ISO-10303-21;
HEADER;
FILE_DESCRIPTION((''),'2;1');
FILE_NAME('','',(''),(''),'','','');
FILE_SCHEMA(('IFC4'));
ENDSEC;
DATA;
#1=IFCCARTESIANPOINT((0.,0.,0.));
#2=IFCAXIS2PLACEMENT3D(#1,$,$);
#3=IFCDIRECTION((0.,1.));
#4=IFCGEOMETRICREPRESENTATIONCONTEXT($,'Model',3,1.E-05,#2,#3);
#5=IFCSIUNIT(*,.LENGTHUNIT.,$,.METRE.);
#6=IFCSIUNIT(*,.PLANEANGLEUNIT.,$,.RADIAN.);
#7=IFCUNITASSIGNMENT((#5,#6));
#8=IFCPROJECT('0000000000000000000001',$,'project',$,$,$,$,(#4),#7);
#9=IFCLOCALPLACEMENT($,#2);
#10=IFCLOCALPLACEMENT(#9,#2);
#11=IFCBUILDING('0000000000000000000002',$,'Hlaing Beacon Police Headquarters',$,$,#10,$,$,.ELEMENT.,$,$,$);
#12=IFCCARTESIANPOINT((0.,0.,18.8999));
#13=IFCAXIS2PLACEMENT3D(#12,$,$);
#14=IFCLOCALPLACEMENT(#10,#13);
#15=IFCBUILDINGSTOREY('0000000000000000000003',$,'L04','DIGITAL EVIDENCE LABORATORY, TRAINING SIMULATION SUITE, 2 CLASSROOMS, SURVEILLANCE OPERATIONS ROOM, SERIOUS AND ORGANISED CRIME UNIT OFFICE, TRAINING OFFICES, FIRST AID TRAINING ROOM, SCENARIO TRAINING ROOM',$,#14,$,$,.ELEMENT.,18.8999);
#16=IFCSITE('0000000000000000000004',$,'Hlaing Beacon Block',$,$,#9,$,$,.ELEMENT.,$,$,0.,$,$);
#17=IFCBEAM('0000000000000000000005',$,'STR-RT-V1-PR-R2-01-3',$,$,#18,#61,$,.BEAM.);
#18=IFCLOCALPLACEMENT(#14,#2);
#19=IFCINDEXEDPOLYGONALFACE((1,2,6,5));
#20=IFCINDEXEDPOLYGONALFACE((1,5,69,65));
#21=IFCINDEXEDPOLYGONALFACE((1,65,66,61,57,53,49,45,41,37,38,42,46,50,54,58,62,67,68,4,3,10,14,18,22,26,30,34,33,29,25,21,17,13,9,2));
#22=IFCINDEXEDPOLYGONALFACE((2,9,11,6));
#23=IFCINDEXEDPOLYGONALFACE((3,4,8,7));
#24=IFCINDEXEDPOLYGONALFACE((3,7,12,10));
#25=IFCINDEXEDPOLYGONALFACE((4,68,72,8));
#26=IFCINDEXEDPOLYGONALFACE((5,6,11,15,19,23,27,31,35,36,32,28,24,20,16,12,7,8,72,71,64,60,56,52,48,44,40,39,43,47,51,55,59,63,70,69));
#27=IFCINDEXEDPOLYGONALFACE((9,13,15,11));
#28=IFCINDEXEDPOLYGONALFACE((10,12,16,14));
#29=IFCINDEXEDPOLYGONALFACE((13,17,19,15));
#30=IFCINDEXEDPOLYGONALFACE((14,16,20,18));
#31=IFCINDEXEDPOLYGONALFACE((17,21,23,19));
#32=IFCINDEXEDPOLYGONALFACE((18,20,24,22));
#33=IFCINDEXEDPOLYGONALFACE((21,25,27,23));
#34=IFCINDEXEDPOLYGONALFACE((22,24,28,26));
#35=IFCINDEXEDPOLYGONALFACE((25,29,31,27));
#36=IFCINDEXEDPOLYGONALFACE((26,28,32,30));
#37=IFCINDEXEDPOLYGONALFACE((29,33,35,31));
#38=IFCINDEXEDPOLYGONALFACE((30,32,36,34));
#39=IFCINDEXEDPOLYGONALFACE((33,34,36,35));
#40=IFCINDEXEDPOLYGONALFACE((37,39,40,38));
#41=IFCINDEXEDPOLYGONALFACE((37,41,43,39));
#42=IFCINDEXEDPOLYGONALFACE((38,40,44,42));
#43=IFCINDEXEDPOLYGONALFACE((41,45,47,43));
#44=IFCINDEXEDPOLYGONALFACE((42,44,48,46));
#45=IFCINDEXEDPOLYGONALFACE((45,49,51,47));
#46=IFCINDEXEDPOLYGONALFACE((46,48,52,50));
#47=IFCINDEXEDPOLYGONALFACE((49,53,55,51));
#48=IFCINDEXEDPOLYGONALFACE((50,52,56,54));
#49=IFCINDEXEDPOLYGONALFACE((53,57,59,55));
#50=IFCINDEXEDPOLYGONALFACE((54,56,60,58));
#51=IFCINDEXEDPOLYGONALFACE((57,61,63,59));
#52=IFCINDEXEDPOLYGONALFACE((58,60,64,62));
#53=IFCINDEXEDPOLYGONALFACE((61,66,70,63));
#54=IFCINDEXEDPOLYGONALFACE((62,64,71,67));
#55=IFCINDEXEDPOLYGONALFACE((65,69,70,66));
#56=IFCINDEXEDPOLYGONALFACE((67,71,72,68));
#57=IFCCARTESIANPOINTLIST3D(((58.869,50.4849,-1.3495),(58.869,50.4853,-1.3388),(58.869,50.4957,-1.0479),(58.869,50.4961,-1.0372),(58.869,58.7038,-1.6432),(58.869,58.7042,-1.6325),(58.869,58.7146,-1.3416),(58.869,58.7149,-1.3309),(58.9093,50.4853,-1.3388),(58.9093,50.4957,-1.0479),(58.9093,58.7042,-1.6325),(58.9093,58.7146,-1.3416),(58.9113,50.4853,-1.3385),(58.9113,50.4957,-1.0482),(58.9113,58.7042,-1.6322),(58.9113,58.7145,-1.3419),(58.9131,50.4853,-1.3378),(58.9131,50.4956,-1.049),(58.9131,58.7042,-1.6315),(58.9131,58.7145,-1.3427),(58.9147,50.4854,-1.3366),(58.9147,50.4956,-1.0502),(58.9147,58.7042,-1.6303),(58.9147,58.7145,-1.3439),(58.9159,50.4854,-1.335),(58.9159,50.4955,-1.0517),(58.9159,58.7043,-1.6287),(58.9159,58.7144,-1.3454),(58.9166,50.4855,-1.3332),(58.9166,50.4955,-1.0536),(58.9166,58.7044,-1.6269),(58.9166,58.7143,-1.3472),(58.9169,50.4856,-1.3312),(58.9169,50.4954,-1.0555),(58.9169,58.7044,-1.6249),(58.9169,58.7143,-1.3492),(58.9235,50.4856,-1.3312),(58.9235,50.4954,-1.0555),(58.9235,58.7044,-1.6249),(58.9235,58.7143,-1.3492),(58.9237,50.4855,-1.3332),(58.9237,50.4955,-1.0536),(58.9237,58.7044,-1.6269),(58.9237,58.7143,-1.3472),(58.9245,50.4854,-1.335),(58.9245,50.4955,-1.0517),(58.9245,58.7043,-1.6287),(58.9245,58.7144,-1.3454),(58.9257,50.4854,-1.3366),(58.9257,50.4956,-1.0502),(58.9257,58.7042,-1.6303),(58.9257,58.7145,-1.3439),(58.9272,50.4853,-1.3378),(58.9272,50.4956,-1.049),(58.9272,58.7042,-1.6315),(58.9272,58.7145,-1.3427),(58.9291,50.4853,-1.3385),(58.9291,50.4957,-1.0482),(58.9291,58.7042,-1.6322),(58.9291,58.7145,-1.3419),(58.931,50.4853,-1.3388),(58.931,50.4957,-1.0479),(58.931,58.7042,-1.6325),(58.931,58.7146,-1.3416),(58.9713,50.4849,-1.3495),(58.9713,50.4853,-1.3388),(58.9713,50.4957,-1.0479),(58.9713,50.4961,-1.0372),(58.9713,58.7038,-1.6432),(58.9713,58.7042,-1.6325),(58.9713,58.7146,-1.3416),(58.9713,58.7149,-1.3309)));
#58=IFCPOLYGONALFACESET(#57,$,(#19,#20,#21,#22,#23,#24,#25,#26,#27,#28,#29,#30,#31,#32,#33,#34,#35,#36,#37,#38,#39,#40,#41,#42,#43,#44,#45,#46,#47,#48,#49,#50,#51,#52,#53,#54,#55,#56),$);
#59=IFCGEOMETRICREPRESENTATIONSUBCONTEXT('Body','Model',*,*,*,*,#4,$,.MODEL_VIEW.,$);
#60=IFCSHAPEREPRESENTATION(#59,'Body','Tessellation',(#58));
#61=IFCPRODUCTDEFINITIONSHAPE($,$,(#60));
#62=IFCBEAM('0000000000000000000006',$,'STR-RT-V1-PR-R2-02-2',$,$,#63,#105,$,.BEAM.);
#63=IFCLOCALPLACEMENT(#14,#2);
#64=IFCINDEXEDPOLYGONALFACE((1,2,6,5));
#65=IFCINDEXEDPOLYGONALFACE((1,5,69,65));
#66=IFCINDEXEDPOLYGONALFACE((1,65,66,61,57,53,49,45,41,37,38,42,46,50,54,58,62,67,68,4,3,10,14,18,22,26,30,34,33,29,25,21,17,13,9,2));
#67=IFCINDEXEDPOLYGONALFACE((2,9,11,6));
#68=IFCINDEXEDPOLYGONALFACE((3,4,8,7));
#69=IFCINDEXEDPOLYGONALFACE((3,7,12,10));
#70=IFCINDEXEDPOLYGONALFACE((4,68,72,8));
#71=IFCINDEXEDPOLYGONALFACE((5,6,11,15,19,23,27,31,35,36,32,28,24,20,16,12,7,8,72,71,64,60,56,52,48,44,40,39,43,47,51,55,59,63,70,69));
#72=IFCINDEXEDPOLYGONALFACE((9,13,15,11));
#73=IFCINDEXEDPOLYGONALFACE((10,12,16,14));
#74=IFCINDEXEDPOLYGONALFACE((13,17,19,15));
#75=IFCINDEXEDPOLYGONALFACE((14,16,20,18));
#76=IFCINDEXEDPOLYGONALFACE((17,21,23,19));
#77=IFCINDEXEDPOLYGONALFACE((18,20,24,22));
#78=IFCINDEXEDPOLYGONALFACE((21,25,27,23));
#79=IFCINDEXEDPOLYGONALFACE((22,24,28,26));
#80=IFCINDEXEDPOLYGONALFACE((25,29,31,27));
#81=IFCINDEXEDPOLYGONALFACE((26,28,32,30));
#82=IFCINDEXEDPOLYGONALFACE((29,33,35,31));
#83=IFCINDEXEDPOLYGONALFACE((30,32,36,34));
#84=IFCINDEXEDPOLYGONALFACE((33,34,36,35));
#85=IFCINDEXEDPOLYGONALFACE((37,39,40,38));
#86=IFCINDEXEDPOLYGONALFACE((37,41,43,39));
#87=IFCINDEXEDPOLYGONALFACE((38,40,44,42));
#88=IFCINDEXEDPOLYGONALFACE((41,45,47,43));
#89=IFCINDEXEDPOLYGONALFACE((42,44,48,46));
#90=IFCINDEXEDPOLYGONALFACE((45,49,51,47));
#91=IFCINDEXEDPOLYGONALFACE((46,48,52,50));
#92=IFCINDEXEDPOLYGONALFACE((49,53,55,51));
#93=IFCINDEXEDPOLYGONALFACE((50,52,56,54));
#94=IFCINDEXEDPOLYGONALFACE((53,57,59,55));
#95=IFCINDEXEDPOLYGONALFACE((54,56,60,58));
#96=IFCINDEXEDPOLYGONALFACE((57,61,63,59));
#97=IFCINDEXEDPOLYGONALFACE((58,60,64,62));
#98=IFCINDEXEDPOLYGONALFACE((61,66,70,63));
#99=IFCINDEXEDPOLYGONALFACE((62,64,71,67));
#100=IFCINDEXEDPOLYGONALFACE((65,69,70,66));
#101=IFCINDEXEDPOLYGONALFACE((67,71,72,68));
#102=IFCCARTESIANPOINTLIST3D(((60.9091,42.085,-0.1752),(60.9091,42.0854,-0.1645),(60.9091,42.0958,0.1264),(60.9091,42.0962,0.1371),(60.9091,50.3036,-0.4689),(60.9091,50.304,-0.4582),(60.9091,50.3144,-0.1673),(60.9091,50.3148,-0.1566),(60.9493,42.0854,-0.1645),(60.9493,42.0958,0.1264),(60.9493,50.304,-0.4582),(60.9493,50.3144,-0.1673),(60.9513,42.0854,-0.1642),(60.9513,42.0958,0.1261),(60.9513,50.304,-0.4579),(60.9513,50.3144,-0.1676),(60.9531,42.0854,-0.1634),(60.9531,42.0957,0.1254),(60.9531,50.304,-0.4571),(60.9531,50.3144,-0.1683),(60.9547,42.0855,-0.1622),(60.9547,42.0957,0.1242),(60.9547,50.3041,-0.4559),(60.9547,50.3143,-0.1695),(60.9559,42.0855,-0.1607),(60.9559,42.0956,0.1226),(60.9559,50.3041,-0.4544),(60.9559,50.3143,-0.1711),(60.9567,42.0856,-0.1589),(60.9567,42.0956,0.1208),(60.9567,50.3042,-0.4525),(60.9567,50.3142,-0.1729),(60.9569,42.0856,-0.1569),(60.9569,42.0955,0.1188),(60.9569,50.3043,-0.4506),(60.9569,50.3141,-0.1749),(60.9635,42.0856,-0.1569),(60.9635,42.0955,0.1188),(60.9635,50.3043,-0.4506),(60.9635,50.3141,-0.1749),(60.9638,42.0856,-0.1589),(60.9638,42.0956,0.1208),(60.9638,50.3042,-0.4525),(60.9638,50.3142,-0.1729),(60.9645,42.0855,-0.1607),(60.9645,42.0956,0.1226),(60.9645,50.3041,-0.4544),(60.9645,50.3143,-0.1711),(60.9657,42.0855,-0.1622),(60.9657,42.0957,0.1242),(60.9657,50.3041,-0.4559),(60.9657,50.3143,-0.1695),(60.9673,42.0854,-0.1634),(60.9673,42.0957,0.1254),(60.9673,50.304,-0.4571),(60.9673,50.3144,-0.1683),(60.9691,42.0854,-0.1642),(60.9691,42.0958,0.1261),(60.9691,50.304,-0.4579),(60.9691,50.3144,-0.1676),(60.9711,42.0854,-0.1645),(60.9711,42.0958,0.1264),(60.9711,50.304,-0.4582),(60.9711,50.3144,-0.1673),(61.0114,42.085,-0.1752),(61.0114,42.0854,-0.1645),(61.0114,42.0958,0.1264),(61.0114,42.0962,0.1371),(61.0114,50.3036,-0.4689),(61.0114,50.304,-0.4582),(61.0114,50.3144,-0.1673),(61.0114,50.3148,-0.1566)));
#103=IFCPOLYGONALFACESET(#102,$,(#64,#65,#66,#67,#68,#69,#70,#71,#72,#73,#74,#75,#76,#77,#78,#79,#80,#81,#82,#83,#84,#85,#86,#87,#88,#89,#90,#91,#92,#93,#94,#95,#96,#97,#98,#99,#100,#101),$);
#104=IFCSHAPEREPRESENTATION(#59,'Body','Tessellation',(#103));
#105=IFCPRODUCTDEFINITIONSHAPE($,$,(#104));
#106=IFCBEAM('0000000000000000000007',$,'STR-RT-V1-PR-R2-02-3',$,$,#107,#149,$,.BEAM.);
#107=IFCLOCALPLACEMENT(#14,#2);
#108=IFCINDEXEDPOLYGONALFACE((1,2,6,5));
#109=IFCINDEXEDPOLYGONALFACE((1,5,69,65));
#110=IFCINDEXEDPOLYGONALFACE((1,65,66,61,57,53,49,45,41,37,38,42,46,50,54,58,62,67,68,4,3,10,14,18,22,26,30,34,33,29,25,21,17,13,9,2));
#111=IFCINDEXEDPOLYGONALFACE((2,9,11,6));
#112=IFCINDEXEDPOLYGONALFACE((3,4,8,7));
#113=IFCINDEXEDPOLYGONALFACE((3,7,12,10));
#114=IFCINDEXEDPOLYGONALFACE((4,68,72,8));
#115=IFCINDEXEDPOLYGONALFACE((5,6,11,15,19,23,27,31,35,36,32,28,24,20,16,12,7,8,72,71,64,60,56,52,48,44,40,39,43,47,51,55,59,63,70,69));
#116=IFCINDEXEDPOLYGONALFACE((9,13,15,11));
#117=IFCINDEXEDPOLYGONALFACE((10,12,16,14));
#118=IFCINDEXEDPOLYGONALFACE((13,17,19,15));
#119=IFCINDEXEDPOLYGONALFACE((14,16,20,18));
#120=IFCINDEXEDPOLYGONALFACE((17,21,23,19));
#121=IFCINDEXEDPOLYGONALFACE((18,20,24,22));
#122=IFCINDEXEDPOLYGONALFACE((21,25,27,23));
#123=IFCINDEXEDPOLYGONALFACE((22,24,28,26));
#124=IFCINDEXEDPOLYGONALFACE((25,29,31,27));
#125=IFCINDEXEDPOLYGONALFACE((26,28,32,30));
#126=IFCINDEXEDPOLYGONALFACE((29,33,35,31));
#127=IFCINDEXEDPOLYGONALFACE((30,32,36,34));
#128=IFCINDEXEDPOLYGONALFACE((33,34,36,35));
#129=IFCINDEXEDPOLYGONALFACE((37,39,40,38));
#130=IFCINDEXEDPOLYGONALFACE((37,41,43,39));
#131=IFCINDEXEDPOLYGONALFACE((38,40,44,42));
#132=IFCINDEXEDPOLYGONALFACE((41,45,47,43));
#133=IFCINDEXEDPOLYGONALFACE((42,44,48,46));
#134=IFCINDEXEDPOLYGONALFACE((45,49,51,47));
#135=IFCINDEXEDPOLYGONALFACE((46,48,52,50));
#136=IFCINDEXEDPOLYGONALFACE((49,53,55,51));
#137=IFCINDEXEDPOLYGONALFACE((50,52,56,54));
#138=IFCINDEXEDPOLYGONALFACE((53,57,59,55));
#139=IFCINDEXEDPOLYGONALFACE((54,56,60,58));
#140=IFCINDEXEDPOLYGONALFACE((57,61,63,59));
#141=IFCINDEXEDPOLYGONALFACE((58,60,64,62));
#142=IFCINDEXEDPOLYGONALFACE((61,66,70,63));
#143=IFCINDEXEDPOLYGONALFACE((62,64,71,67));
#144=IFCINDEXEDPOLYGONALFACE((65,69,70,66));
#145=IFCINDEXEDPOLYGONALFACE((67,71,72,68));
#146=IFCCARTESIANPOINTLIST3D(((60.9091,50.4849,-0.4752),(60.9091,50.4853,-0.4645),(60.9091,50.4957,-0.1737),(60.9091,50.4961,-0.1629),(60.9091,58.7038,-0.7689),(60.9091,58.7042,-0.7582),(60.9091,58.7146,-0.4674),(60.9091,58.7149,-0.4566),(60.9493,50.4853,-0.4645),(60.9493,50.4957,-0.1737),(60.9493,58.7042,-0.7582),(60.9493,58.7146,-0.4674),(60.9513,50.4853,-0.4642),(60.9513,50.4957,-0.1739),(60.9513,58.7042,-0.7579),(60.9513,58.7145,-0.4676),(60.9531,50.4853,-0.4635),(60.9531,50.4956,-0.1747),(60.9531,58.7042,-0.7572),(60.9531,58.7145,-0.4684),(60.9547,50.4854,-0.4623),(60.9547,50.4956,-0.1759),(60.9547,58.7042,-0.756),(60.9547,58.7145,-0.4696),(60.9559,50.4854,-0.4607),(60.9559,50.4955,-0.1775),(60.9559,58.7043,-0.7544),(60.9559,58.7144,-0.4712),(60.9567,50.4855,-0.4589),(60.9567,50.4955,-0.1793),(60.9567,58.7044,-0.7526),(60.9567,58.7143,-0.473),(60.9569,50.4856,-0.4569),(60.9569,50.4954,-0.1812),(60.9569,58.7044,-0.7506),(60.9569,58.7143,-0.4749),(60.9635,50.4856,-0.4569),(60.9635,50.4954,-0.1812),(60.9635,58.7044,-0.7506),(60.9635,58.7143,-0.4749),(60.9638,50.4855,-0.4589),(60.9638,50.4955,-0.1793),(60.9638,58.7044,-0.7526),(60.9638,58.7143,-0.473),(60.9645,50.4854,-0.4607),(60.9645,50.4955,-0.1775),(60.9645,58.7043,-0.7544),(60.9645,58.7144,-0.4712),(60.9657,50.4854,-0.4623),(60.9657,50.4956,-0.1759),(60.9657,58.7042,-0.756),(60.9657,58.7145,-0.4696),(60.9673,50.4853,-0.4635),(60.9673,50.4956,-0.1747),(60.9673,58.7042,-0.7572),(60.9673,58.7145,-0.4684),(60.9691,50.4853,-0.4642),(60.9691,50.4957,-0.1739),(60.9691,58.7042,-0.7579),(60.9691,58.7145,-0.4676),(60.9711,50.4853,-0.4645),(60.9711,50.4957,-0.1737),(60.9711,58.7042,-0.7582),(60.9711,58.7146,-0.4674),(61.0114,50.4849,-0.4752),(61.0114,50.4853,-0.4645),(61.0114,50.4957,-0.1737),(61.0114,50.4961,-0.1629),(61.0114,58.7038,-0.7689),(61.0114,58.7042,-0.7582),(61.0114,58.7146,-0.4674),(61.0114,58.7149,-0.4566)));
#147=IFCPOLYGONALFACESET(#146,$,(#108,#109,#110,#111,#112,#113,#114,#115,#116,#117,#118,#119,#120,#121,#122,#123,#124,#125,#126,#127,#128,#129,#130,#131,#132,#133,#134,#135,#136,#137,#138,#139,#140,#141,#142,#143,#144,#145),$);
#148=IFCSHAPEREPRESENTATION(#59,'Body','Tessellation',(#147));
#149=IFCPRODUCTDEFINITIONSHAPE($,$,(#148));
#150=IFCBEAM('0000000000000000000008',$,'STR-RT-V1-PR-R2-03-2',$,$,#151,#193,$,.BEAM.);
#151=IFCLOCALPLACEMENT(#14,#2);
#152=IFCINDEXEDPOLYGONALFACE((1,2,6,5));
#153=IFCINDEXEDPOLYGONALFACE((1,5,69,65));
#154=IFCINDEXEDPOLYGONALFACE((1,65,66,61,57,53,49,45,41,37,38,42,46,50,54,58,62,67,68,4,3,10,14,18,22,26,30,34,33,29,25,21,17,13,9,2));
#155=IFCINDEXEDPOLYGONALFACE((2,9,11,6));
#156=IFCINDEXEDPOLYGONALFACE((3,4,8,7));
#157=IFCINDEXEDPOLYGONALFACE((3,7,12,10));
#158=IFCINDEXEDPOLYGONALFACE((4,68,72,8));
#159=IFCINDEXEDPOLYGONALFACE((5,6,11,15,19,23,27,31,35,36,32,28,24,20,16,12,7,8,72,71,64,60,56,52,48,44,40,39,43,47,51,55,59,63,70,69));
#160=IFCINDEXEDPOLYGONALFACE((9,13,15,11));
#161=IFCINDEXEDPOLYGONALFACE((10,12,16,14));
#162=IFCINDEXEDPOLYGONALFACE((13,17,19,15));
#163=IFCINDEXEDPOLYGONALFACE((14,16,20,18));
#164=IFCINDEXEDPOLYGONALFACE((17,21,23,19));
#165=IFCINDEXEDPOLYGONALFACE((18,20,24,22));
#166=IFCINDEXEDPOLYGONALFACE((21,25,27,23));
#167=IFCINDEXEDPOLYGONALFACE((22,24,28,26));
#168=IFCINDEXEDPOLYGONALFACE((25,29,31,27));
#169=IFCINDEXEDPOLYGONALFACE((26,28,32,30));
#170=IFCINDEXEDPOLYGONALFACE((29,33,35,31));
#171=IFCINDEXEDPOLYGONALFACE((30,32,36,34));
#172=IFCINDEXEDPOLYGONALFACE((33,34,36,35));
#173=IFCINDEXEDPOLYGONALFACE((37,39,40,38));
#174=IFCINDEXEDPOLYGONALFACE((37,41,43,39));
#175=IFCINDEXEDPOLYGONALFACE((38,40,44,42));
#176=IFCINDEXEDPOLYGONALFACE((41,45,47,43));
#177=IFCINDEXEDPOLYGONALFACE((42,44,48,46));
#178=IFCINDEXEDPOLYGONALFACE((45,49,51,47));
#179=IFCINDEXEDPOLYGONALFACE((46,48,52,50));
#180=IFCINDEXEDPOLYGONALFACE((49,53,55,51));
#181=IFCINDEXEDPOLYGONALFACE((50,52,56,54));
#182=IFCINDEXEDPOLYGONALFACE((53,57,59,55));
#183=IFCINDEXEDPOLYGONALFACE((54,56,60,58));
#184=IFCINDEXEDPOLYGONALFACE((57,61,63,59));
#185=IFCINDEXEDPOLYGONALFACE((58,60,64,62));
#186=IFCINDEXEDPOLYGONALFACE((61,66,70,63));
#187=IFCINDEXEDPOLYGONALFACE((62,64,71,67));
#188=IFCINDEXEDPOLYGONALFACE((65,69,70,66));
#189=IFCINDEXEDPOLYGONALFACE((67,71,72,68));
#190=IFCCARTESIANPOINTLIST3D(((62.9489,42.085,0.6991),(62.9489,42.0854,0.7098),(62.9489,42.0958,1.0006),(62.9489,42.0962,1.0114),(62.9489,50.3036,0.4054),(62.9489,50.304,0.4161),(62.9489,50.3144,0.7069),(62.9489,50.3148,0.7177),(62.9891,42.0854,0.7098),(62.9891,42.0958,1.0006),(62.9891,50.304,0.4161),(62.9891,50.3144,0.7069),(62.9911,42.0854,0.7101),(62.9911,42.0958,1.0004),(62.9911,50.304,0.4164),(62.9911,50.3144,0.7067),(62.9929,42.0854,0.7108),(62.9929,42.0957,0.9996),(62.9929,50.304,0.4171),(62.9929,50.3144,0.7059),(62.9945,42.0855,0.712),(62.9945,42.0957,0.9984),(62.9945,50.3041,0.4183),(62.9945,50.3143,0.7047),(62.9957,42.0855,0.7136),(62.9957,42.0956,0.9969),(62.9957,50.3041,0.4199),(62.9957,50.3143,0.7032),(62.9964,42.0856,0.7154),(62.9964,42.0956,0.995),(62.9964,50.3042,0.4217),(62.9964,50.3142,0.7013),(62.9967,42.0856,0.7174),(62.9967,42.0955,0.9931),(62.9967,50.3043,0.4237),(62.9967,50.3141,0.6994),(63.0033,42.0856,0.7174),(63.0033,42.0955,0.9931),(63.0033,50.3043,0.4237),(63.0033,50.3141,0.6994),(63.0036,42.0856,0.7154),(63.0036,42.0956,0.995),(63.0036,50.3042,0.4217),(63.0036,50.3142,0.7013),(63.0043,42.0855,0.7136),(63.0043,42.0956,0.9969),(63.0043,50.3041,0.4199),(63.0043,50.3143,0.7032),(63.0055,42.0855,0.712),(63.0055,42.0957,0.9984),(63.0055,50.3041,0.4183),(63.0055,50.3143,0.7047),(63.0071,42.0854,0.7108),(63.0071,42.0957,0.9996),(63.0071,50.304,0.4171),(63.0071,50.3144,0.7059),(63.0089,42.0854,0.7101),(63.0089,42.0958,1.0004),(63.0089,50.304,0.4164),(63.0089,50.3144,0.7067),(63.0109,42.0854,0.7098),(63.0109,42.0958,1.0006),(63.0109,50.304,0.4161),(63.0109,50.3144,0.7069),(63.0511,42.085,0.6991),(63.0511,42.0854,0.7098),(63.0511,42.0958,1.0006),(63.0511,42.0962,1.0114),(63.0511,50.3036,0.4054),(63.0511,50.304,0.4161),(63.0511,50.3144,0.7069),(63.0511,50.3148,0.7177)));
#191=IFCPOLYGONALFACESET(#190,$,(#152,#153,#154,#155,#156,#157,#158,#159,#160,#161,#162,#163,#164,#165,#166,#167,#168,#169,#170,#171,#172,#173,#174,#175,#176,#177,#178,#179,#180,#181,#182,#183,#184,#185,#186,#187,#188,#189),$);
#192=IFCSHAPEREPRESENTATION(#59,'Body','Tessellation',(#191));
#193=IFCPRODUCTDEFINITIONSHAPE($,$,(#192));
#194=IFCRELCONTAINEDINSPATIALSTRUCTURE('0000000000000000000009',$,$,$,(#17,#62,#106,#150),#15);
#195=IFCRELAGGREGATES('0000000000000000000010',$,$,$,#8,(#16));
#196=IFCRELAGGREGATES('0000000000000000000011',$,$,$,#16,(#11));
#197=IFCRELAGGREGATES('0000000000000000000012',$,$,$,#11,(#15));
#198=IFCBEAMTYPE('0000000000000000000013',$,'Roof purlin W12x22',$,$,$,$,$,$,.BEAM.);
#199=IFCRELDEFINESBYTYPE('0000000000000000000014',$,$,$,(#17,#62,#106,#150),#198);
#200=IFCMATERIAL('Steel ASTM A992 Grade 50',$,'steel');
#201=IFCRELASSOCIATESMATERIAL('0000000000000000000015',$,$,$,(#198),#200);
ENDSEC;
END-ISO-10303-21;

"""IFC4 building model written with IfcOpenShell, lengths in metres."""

from ifc_helpers import new_model, si_unit, direction, frame, origin, origin_2d, place, context, subcontext, project, spatial, i_section, extrude, material, material_profile, profile_set, type_object, element, save


model = new_model("IFC4")

# Units and contexts
model_context = context("Model", 3, precision=1e-05, world=origin(), true_north=direction((0.0, 1.0)))
body_context = subcontext(model_context, "Body", "Model", "MODEL_VIEW")
ifc_project = project(units=[si_unit("LENGTHUNIT", "METRE"), si_unit("PLANEANGLEUNIT", "RADIAN")], contexts=[model_context])

# Site, building, storey
site_placement = place(None, origin())
site = spatial("IfcSite", under=ifc_project, at=site_placement, Name="Hlaing Beacon Block", CompositionType="ELEMENT", RefElevation=0.0)
building_placement = place(site_placement, origin())
building = spatial("IfcBuilding", under=site, at=building_placement, Name="Hlaing Beacon Police Headquarters", CompositionType="ELEMENT")
storey_placement = place(building_placement, frame((0.0, 0.0, 18.8999)))
storey = spatial("IfcBuildingStorey", under=building, at=storey_placement, Name="L04", Description="DIGITAL EVIDENCE LABORATORY, TRAINING SIMULATION SUITE, 2 CLASSROOMS, SURVEILLANCE OPERATIONS ROOM, SERIOUS AND ORGANISED CRIME UNIT OFFICE, TRAINING OFFICES, FIRST AID TRAINING ROOM, SCENARIO TRAINING ROOM", CompositionType="ELEMENT", Elevation=18.8999)

# Beams
ifc_material_1 = material(Name="Steel ASTM A992 Grade 50", Category="steel")
ifc_material_profile_1 = material_profile(ifc_material_1, i_section(OverallWidth=0.1023, OverallDepth=0.3125, WebThickness=0.0066, FlangeThickness=0.0107, FilletRadius=0.0076, at=origin_2d()), Name="W12x22")
ifc_profile_set_1 = profile_set([ifc_material_profile_1], Name="Steel ASTM A992 Grade 50")
beam_type_1 = type_object("IfcBeamType", Name="Roof purlin W12x22", PredefinedType="BEAM", material=ifc_profile_set_1)
beam_1_placement = place(storey_placement, frame((58.9202, 50.4905, -1.1934), z_axis=(0.0, 0.999362, -0.035712), x_axis=(-1.0, 0.0, 0.0)))
element("IfcBeam", 1, at=beam_1_placement, inside=storey, type_object=beam_type_1, Name="STR-RT-V1-PR-R2-01-3", PredefinedType="BEAM", context=body_context, shape_type="SweptSolid", body=[
    extrude(i_section(OverallWidth=0.1023, OverallDepth=0.3125, WebThickness=0.0066, FlangeThickness=0.0107, FilletRadius=0.0076, at=origin_2d()), origin(), (0.0, 0.0, 1.0), 8.2241),
])
beam_2_placement = place(storey_placement, frame((60.9602, 42.0906, -0.019), z_axis=(0.0, 0.999362, -0.035713), x_axis=(-1.0, 0.0, 0.0)))
element("IfcBeam", 2, at=beam_2_placement, inside=storey, type_object=beam_type_1, Name="STR-RT-V1-PR-R2-02-2", PredefinedType="BEAM", context=body_context, shape_type="SweptSolid", body=[
    extrude(i_section(OverallWidth=0.1023, OverallDepth=0.3125, WebThickness=0.0066, FlangeThickness=0.0107, FilletRadius=0.0076, at=origin_2d()), origin(), (0.0, 0.0, 1.0), 8.2239),
])
beam_3_placement = place(storey_placement, frame((60.9602, 50.4905, -0.3191), z_axis=(0.0, 0.999362, -0.035712), x_axis=(-1.0, 0.0, 0.0)))
element("IfcBeam", 3, at=beam_3_placement, inside=storey, type_object=beam_type_1, Name="STR-RT-V1-PR-R2-02-3", PredefinedType="BEAM", context=body_context, shape_type="SweptSolid", body=[
    extrude(i_section(OverallWidth=0.1023, OverallDepth=0.3125, WebThickness=0.0066, FlangeThickness=0.0107, FilletRadius=0.0076, at=origin_2d()), origin(), (0.0, 0.0, 1.0), 8.2241),
])
beam_4_placement = place(storey_placement, frame((63.0, 42.0906, 0.8552), z_axis=(0.0, 0.999362, -0.035713), x_axis=(-1.0, 0.0, 0.0)))
element("IfcBeam", 4, at=beam_4_placement, inside=storey, type_object=beam_type_1, Name="STR-RT-V1-PR-R2-03-2", PredefinedType="BEAM", context=body_context, shape_type="SweptSolid", body=[
    extrude(i_section(OverallWidth=0.1023, OverallDepth=0.3125, WebThickness=0.0066, FlangeThickness=0.0107, FilletRadius=0.0076, at=origin_2d()), origin(), (0.0, 0.0, 1.0), 8.2239),
])

save(model, "model.ifc")
